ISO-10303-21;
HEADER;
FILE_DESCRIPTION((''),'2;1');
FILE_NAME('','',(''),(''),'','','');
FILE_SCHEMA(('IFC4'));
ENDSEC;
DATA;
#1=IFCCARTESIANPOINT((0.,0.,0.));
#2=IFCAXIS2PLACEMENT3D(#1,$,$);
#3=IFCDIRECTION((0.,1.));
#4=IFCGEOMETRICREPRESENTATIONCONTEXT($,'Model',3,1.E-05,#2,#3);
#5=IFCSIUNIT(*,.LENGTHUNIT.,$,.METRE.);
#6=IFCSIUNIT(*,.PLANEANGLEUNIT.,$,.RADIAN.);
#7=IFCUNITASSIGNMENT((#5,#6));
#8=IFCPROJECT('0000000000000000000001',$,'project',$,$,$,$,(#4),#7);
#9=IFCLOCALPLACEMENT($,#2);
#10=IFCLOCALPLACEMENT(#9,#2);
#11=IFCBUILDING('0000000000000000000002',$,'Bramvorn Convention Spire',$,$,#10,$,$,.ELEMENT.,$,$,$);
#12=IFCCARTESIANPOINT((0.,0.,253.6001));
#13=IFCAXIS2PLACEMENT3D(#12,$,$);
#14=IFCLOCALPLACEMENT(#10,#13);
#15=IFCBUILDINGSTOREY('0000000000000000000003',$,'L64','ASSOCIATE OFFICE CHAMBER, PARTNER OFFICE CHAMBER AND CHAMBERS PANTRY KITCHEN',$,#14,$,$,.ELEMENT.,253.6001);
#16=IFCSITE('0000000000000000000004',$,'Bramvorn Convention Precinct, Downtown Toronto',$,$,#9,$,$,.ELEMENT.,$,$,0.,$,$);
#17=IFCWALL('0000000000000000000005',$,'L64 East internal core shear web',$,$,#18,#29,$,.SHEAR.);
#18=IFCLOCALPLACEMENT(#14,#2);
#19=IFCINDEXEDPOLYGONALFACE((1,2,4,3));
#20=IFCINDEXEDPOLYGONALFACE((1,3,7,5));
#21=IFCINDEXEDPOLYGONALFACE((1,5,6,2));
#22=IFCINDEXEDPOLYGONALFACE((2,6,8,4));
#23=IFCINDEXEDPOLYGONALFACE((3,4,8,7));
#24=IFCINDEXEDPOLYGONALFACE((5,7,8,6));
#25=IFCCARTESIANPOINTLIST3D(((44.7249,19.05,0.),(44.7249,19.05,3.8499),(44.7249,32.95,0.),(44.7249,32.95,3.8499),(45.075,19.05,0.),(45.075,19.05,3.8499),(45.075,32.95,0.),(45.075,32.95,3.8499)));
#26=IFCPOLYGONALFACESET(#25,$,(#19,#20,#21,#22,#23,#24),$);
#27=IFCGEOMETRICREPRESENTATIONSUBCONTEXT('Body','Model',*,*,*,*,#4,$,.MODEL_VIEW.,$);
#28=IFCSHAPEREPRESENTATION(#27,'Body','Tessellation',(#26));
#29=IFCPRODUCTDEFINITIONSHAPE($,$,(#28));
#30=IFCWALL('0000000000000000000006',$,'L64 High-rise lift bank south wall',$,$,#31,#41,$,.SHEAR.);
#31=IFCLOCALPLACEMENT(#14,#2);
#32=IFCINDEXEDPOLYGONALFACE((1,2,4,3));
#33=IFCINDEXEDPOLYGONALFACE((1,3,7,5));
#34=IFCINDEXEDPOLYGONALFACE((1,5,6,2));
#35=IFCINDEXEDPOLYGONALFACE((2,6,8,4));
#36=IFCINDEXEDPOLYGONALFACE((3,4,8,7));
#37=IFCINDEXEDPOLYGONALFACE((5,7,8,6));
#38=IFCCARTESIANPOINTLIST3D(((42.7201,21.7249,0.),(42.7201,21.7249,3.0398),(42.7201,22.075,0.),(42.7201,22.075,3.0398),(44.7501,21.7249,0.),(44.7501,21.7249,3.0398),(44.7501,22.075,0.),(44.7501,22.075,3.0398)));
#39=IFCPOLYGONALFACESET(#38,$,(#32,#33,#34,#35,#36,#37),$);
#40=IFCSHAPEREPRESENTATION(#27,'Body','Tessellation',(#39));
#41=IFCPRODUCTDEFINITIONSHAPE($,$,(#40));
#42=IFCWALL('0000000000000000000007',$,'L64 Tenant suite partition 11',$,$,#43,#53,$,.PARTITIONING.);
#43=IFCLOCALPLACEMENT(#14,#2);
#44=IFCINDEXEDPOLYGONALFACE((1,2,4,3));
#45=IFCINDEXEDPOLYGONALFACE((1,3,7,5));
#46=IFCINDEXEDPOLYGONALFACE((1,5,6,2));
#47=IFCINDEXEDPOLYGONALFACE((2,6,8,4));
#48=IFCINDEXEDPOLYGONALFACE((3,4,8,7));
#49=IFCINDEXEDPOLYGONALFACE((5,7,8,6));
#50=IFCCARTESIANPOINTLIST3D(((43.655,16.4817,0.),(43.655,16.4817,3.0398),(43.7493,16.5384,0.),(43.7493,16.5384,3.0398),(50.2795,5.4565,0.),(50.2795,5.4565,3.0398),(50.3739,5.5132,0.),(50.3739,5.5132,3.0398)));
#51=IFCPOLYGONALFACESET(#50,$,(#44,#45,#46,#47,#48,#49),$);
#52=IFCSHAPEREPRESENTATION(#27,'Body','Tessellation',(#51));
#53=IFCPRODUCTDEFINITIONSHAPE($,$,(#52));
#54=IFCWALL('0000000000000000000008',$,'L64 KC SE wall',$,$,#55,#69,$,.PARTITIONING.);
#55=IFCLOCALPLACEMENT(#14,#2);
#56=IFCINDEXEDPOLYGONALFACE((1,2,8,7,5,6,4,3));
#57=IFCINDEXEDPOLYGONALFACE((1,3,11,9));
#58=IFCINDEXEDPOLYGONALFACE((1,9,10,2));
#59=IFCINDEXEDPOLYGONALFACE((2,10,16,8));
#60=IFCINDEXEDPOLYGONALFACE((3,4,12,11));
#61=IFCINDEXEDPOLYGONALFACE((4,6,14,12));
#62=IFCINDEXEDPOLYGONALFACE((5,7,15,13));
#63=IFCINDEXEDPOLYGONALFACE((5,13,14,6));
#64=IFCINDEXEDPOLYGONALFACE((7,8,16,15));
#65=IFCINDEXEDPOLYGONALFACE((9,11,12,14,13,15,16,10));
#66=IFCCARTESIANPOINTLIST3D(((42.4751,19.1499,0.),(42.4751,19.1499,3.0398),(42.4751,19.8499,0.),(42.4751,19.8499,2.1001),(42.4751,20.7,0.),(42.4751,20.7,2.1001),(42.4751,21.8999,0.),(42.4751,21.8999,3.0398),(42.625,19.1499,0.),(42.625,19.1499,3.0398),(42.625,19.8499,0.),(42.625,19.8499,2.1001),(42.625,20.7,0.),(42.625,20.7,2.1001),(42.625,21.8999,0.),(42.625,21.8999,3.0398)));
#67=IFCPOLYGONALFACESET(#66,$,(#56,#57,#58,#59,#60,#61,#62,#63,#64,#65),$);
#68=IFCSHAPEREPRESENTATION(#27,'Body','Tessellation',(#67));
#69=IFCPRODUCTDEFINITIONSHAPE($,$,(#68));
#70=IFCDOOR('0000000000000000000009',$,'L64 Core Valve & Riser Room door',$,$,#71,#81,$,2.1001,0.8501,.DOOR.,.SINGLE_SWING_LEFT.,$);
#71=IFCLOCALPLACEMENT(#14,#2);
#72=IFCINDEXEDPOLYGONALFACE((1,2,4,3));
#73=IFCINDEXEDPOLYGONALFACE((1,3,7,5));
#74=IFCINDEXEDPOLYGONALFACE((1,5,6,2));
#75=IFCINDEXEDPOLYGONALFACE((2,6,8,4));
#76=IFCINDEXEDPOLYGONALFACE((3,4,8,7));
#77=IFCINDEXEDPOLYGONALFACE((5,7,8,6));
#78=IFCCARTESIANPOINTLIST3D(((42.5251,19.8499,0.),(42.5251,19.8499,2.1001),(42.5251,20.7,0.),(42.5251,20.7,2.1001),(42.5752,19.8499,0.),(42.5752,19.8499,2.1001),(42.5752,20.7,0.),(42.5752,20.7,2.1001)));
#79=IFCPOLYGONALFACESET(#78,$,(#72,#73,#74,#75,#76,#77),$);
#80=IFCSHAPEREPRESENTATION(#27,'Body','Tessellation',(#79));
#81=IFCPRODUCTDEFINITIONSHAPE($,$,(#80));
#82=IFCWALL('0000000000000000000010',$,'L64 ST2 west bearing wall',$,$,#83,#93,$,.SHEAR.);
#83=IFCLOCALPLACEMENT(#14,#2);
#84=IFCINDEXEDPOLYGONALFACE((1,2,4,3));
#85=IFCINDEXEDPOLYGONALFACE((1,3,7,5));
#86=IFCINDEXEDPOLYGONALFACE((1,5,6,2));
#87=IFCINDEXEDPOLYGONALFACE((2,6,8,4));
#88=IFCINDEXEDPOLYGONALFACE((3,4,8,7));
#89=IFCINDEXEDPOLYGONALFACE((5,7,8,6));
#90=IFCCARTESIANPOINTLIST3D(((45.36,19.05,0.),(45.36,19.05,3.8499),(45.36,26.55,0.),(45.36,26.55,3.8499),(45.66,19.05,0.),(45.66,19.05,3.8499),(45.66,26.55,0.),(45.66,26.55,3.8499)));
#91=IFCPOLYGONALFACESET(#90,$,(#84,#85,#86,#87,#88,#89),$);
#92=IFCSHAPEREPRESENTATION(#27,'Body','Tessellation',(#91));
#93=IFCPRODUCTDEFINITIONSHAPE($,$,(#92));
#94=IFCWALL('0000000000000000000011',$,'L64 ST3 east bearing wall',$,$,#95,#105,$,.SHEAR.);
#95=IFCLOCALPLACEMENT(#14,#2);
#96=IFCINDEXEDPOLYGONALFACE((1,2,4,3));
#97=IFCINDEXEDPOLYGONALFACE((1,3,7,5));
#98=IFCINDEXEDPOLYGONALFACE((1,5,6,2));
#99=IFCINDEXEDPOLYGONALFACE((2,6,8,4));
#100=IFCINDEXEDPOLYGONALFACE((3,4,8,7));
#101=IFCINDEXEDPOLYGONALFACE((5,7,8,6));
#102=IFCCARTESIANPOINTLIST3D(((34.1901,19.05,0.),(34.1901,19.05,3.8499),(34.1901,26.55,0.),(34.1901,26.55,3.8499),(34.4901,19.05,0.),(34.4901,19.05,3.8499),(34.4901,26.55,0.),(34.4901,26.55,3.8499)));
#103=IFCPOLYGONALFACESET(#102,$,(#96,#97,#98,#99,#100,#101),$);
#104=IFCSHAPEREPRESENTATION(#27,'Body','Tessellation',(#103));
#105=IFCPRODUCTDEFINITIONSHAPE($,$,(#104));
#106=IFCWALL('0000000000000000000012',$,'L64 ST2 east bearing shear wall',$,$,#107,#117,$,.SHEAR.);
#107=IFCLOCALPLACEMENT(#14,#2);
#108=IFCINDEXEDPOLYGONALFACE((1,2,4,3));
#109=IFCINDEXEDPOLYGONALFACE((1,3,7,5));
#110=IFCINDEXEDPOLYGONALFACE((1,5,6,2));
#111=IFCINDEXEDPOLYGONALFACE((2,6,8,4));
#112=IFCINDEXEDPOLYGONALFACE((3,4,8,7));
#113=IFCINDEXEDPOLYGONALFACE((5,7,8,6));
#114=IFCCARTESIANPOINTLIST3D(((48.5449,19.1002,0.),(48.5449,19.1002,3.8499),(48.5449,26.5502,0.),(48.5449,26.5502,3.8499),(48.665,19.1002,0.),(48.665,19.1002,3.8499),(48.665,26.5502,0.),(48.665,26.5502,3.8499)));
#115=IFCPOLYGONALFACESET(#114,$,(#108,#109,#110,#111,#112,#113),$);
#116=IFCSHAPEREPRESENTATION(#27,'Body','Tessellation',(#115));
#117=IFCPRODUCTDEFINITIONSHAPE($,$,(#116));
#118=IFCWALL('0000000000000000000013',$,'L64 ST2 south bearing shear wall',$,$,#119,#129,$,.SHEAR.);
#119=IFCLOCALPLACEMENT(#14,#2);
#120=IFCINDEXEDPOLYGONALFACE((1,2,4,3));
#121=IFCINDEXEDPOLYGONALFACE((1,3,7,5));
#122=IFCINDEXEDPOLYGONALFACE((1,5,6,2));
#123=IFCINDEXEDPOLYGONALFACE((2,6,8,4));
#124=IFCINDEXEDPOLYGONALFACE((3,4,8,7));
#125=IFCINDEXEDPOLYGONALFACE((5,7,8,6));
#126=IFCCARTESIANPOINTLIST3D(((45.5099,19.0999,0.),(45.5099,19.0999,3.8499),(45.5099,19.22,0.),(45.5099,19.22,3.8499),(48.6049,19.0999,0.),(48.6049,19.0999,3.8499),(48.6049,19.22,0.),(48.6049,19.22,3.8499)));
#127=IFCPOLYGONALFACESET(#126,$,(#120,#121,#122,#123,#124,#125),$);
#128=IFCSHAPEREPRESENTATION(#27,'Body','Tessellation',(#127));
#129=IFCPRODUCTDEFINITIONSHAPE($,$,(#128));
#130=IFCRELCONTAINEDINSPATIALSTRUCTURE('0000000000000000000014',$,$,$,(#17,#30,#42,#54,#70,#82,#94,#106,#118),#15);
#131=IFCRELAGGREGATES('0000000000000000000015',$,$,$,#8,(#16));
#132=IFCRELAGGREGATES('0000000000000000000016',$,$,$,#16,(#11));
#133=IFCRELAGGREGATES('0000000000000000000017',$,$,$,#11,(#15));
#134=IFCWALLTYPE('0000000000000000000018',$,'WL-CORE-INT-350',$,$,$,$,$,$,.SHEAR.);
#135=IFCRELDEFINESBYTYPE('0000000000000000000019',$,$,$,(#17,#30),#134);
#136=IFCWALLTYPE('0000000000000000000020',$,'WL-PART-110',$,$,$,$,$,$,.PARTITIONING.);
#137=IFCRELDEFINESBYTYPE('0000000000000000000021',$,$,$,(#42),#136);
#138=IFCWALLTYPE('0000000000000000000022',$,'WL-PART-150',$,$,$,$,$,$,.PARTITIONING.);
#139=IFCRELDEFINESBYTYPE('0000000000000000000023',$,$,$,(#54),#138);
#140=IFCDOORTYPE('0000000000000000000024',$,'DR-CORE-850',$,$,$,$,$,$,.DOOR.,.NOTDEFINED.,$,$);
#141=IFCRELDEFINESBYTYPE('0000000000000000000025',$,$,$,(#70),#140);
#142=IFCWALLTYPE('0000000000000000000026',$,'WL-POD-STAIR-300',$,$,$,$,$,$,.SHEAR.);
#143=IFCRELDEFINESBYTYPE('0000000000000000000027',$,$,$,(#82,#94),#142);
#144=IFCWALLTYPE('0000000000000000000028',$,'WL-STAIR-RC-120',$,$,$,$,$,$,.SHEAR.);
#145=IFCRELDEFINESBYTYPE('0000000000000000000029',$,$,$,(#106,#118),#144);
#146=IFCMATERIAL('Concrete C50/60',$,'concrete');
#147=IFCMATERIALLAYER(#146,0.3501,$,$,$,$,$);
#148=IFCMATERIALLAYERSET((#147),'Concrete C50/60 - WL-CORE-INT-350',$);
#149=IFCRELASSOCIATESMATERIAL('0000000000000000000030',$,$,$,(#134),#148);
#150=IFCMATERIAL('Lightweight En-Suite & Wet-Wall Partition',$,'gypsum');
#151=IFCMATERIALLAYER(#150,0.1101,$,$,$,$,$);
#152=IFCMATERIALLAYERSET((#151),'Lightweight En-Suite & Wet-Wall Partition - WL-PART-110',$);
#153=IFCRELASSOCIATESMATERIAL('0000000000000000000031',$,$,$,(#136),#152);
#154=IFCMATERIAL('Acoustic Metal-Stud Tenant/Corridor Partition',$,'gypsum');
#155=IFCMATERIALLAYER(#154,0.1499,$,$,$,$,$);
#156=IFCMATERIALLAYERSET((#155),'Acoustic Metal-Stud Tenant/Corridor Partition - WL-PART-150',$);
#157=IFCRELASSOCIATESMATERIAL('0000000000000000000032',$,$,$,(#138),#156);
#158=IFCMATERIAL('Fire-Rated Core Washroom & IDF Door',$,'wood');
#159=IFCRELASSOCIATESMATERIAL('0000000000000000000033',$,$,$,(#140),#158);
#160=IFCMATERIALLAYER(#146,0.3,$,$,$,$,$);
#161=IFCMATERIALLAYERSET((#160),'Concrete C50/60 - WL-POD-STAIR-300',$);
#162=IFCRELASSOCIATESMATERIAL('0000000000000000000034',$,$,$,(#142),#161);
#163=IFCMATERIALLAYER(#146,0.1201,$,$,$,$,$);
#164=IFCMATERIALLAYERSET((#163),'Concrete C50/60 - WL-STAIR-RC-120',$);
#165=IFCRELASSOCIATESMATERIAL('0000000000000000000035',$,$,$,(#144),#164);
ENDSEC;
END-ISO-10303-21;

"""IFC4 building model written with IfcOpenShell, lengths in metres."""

from ifc_helpers import new_model, si_unit, direction, frame, frame_2d, origin, place, context, subcontext, project, spatial, rectangle, extrude, material, layer, layer_set, type_object, element, fill, save


model = new_model("IFC4")

# Units and contexts
model_context = context("Model", 3, precision=1e-05, world=origin(), true_north=direction((0.0, 1.0)))
body_context = subcontext(model_context, "Body", "Model", "MODEL_VIEW")
ifc_project = project(units=[si_unit("LENGTHUNIT", "METRE"), si_unit("PLANEANGLEUNIT", "RADIAN")], contexts=[model_context])

# Site, building, storey
site_placement = place(None, origin())
site = spatial("IfcSite", under=ifc_project, at=site_placement, Name="Bramvorn Convention Precinct, Downtown Toronto", CompositionType="ELEMENT", RefElevation=0.0)
building_placement = place(site_placement, origin())
building = spatial("IfcBuilding", under=site, at=building_placement, Name="Bramvorn Convention Spire", CompositionType="ELEMENT")
storey_placement = place(building_placement, frame((0.0, 0.0, 253.6001)))
storey = spatial("IfcBuildingStorey", under=building, at=storey_placement, Name="L64", Description="ASSOCIATE OFFICE CHAMBER, PARTNER OFFICE CHAMBER AND CHAMBERS PANTRY KITCHEN", CompositionType="ELEMENT", Elevation=253.6001)

# Shared definitions
ifc_material_1 = material(Name="Concrete C50/60", Category="concrete")

# Wall
ifc_layer_1 = layer(ifc_material_1, 0.3501)
ifc_layer_set_1 = layer_set([ifc_layer_1], Name="Concrete C50/60 - WL-CORE-INT-350")
wall_type_1 = type_object("IfcWallType", Name="WL-CORE-INT-350", PredefinedType="SHEAR", material=ifc_layer_set_1)
wall_1_placement = place(storey_placement, frame((44.8999, 19.05, 0.0), z_axis=(0.0, 0.0, 1.0), x_axis=(0.0, 1.0, 0.0)))
element("IfcWall", 1, at=wall_1_placement, inside=storey, type_object=wall_type_1, Name="L64 East internal core shear web", PredefinedType="SHEAR", context=body_context, shape_type="SweptSolid", body=[
    extrude(rectangle(XDim=13.8999, YDim=0.3501, at=frame_2d((6.95, 0.0))), origin(), (0.0, 0.0, 1.0), 3.8499),
])

# Walls
wall_2_placement = place(storey_placement, frame((42.72, 21.8999, 0.0), z_axis=(0.0, 0.0, 1.0), x_axis=(1.0, 0.0, 0.0)))
element("IfcWall", 2, at=wall_2_placement, inside=storey, type_object=wall_type_1, Name="L64 High-rise lift bank south wall", PredefinedType="SHEAR", context=body_context, shape_type="SweptSolid", body=[
    extrude(rectangle(XDim=2.03, YDim=0.3501, at=frame_2d((1.0151, 0.0))), origin(), (0.0, 0.0, 1.0), 3.0398),
])
ifc_material_2 = material(Name="Lightweight En-Suite & Wet-Wall Partition", Category="gypsum")
ifc_layer_2 = layer(ifc_material_2, 0.1101)
ifc_layer_set_2 = layer_set([ifc_layer_2], Name="Lightweight En-Suite & Wet-Wall Partition - WL-PART-110")
wall_type_2 = type_object("IfcWallType", Name="WL-PART-110", PredefinedType="PARTITIONING", material=ifc_layer_set_2)
wall_3_placement = place(storey_placement, frame((43.7021, 16.51, 0.0), z_axis=(0.0, 0.0, 1.0), x_axis=(0.515034, -0.85717, 0.0)))
element("IfcWall", 3, at=wall_3_placement, inside=storey, type_object=wall_type_2, Name="L64 Tenant suite partition 11", PredefinedType="PARTITIONING", context=body_context, shape_type="SweptSolid", body=[
    extrude(rectangle(XDim=12.8623, YDim=0.1101, at=frame_2d((6.4312, 0.0))), origin(), (0.0, 0.0, 1.0), 3.0398),
])

# Wall, opening, door
ifc_material_3 = material(Name="Acoustic Metal-Stud Tenant/Corridor Partition", Category="gypsum")
ifc_layer_3 = layer(ifc_material_3, 0.1499)
ifc_layer_set_3 = layer_set([ifc_layer_3], Name="Acoustic Metal-Stud Tenant/Corridor Partition - WL-PART-150")
wall_type_3 = type_object("IfcWallType", Name="WL-PART-150", PredefinedType="PARTITIONING", material=ifc_layer_set_3)
wall_4_placement = place(storey_placement, frame((42.55, 19.1499, 0.0), z_axis=(0.0, 0.0, 1.0), x_axis=(0.0, 1.0, 0.0)))
wall_4 = element("IfcWall", 4, at=wall_4_placement, inside=storey, type_object=wall_type_3, Name="L64 KC SE wall", PredefinedType="PARTITIONING", context=body_context, shape_type="SweptSolid", body=[
    extrude(rectangle(XDim=2.75, YDim=0.1499, at=frame_2d((1.375, 0.0))), origin(), (0.0, 0.0, 1.0), 3.0398),
])
opening_1_placement = place(wall_4_placement, frame((0.7, 0.0, 0.0)))
opening_1 = element("IfcOpeningElement", 5, at=opening_1_placement, cuts=wall_4, PredefinedType="OPENING", context=body_context, shape_type="SweptSolid", body=[
    extrude(rectangle(XDim=0.8501, YDim=2.1001, at=frame_2d((0.425, 1.05))), frame((0.0, 0.085, 0.0), z_axis=(0.0, -1.0, 0.0), x_axis=(1.0, 0.0, 0.0)), (0.0, 0.0, 1.0), 0.1699),
])
ifc_material_4 = material(Name="Fire-Rated Core Washroom & IDF Door", Category="wood")
door_type_1 = type_object("IfcDoorType", Name="DR-CORE-850", OperationType="NOTDEFINED", PredefinedType="DOOR", material=ifc_material_4)
door_1_placement = place(opening_1_placement, origin())
door_1 = element("IfcDoor", 6, at=door_1_placement, inside=storey, type_object=door_type_1, Name="L64 Core Valve & Riser Room door", OperationType="SINGLE_SWING_LEFT", OverallHeight=2.1001, OverallWidth=0.8501, PredefinedType="DOOR", context=body_context, shape_type="SweptSolid", body=[
    extrude(rectangle(XDim=0.8501, YDim=2.1001, at=frame_2d((0.425, 1.05))), frame((0.0, 0.0249, 0.0), z_axis=(0.0, -1.0, 0.0), x_axis=(1.0, 0.0, 0.0)), (0.0, 0.0, 1.0), 0.05),
])
fill(opening_1, door_1)

# Walls
ifc_layer_4 = layer(ifc_material_1, 0.3)
ifc_layer_set_4 = layer_set([ifc_layer_4], Name="Concrete C50/60 - WL-POD-STAIR-300")
wall_type_4 = type_object("IfcWallType", Name="WL-POD-STAIR-300", PredefinedType="SHEAR", material=ifc_layer_set_4)
for number, where, z_axis, x_axis, name in (
    (7, (45.51, 19.05, 0.0), (0.0, 0.0, 1.0), (0.0, 1.0, 0.0), "L64 ST2 west bearing wall"),
    (8, (34.3401, 19.05, 0.0), (0.0, 0.0, 1.0), (0.0, 1.0, 0.0), "L64 ST3 east bearing wall"),
):
    element("IfcWall", number, at=place(storey_placement, frame(where, z_axis=z_axis, x_axis=x_axis)), inside=storey, type_object=wall_type_4, Name=name, PredefinedType="SHEAR", context=body_context, shape_type="SweptSolid", body=[
        extrude(rectangle(XDim=7.5, YDim=0.3, at=frame_2d((3.75, 0.0))), origin(), (0.0, 0.0, 1.0), 3.8499),
    ])
ifc_layer_5 = layer(ifc_material_1, 0.1201)
ifc_layer_set_5 = layer_set([ifc_layer_5], Name="Concrete C50/60 - WL-STAIR-RC-120")
wall_type_5 = type_object("IfcWallType", Name="WL-STAIR-RC-120", PredefinedType="SHEAR", material=ifc_layer_set_5)
wall_5_placement = place(storey_placement, frame((48.605, 19.1001, 0.0), z_axis=(0.0, 0.0, 1.0), x_axis=(0.0, 1.0, 0.0)))
element("IfcWall", 9, at=wall_5_placement, inside=storey, type_object=wall_type_5, Name="L64 ST2 east bearing shear wall", PredefinedType="SHEAR", context=body_context, shape_type="SweptSolid", body=[
    extrude(rectangle(XDim=7.45, YDim=0.1201, at=frame_2d((3.7251, 0.0))), origin(), (0.0, 0.0, 1.0), 3.8499),
])
wall_6_placement = place(storey_placement, frame((45.51, 19.1599, 0.0), z_axis=(0.0, 0.0, 1.0), x_axis=(1.0, 0.0, 0.0)))
element("IfcWall", 10, at=wall_6_placement, inside=storey, type_object=wall_type_5, Name="L64 ST2 south bearing shear wall", PredefinedType="SHEAR", context=body_context, shape_type="SweptSolid", body=[
    extrude(rectangle(XDim=3.095, YDim=0.1201, at=frame_2d((1.5474, 0.0))), origin(), (0.0, 0.0, 1.0), 3.8499),
])

save(model, "model.ifc")
